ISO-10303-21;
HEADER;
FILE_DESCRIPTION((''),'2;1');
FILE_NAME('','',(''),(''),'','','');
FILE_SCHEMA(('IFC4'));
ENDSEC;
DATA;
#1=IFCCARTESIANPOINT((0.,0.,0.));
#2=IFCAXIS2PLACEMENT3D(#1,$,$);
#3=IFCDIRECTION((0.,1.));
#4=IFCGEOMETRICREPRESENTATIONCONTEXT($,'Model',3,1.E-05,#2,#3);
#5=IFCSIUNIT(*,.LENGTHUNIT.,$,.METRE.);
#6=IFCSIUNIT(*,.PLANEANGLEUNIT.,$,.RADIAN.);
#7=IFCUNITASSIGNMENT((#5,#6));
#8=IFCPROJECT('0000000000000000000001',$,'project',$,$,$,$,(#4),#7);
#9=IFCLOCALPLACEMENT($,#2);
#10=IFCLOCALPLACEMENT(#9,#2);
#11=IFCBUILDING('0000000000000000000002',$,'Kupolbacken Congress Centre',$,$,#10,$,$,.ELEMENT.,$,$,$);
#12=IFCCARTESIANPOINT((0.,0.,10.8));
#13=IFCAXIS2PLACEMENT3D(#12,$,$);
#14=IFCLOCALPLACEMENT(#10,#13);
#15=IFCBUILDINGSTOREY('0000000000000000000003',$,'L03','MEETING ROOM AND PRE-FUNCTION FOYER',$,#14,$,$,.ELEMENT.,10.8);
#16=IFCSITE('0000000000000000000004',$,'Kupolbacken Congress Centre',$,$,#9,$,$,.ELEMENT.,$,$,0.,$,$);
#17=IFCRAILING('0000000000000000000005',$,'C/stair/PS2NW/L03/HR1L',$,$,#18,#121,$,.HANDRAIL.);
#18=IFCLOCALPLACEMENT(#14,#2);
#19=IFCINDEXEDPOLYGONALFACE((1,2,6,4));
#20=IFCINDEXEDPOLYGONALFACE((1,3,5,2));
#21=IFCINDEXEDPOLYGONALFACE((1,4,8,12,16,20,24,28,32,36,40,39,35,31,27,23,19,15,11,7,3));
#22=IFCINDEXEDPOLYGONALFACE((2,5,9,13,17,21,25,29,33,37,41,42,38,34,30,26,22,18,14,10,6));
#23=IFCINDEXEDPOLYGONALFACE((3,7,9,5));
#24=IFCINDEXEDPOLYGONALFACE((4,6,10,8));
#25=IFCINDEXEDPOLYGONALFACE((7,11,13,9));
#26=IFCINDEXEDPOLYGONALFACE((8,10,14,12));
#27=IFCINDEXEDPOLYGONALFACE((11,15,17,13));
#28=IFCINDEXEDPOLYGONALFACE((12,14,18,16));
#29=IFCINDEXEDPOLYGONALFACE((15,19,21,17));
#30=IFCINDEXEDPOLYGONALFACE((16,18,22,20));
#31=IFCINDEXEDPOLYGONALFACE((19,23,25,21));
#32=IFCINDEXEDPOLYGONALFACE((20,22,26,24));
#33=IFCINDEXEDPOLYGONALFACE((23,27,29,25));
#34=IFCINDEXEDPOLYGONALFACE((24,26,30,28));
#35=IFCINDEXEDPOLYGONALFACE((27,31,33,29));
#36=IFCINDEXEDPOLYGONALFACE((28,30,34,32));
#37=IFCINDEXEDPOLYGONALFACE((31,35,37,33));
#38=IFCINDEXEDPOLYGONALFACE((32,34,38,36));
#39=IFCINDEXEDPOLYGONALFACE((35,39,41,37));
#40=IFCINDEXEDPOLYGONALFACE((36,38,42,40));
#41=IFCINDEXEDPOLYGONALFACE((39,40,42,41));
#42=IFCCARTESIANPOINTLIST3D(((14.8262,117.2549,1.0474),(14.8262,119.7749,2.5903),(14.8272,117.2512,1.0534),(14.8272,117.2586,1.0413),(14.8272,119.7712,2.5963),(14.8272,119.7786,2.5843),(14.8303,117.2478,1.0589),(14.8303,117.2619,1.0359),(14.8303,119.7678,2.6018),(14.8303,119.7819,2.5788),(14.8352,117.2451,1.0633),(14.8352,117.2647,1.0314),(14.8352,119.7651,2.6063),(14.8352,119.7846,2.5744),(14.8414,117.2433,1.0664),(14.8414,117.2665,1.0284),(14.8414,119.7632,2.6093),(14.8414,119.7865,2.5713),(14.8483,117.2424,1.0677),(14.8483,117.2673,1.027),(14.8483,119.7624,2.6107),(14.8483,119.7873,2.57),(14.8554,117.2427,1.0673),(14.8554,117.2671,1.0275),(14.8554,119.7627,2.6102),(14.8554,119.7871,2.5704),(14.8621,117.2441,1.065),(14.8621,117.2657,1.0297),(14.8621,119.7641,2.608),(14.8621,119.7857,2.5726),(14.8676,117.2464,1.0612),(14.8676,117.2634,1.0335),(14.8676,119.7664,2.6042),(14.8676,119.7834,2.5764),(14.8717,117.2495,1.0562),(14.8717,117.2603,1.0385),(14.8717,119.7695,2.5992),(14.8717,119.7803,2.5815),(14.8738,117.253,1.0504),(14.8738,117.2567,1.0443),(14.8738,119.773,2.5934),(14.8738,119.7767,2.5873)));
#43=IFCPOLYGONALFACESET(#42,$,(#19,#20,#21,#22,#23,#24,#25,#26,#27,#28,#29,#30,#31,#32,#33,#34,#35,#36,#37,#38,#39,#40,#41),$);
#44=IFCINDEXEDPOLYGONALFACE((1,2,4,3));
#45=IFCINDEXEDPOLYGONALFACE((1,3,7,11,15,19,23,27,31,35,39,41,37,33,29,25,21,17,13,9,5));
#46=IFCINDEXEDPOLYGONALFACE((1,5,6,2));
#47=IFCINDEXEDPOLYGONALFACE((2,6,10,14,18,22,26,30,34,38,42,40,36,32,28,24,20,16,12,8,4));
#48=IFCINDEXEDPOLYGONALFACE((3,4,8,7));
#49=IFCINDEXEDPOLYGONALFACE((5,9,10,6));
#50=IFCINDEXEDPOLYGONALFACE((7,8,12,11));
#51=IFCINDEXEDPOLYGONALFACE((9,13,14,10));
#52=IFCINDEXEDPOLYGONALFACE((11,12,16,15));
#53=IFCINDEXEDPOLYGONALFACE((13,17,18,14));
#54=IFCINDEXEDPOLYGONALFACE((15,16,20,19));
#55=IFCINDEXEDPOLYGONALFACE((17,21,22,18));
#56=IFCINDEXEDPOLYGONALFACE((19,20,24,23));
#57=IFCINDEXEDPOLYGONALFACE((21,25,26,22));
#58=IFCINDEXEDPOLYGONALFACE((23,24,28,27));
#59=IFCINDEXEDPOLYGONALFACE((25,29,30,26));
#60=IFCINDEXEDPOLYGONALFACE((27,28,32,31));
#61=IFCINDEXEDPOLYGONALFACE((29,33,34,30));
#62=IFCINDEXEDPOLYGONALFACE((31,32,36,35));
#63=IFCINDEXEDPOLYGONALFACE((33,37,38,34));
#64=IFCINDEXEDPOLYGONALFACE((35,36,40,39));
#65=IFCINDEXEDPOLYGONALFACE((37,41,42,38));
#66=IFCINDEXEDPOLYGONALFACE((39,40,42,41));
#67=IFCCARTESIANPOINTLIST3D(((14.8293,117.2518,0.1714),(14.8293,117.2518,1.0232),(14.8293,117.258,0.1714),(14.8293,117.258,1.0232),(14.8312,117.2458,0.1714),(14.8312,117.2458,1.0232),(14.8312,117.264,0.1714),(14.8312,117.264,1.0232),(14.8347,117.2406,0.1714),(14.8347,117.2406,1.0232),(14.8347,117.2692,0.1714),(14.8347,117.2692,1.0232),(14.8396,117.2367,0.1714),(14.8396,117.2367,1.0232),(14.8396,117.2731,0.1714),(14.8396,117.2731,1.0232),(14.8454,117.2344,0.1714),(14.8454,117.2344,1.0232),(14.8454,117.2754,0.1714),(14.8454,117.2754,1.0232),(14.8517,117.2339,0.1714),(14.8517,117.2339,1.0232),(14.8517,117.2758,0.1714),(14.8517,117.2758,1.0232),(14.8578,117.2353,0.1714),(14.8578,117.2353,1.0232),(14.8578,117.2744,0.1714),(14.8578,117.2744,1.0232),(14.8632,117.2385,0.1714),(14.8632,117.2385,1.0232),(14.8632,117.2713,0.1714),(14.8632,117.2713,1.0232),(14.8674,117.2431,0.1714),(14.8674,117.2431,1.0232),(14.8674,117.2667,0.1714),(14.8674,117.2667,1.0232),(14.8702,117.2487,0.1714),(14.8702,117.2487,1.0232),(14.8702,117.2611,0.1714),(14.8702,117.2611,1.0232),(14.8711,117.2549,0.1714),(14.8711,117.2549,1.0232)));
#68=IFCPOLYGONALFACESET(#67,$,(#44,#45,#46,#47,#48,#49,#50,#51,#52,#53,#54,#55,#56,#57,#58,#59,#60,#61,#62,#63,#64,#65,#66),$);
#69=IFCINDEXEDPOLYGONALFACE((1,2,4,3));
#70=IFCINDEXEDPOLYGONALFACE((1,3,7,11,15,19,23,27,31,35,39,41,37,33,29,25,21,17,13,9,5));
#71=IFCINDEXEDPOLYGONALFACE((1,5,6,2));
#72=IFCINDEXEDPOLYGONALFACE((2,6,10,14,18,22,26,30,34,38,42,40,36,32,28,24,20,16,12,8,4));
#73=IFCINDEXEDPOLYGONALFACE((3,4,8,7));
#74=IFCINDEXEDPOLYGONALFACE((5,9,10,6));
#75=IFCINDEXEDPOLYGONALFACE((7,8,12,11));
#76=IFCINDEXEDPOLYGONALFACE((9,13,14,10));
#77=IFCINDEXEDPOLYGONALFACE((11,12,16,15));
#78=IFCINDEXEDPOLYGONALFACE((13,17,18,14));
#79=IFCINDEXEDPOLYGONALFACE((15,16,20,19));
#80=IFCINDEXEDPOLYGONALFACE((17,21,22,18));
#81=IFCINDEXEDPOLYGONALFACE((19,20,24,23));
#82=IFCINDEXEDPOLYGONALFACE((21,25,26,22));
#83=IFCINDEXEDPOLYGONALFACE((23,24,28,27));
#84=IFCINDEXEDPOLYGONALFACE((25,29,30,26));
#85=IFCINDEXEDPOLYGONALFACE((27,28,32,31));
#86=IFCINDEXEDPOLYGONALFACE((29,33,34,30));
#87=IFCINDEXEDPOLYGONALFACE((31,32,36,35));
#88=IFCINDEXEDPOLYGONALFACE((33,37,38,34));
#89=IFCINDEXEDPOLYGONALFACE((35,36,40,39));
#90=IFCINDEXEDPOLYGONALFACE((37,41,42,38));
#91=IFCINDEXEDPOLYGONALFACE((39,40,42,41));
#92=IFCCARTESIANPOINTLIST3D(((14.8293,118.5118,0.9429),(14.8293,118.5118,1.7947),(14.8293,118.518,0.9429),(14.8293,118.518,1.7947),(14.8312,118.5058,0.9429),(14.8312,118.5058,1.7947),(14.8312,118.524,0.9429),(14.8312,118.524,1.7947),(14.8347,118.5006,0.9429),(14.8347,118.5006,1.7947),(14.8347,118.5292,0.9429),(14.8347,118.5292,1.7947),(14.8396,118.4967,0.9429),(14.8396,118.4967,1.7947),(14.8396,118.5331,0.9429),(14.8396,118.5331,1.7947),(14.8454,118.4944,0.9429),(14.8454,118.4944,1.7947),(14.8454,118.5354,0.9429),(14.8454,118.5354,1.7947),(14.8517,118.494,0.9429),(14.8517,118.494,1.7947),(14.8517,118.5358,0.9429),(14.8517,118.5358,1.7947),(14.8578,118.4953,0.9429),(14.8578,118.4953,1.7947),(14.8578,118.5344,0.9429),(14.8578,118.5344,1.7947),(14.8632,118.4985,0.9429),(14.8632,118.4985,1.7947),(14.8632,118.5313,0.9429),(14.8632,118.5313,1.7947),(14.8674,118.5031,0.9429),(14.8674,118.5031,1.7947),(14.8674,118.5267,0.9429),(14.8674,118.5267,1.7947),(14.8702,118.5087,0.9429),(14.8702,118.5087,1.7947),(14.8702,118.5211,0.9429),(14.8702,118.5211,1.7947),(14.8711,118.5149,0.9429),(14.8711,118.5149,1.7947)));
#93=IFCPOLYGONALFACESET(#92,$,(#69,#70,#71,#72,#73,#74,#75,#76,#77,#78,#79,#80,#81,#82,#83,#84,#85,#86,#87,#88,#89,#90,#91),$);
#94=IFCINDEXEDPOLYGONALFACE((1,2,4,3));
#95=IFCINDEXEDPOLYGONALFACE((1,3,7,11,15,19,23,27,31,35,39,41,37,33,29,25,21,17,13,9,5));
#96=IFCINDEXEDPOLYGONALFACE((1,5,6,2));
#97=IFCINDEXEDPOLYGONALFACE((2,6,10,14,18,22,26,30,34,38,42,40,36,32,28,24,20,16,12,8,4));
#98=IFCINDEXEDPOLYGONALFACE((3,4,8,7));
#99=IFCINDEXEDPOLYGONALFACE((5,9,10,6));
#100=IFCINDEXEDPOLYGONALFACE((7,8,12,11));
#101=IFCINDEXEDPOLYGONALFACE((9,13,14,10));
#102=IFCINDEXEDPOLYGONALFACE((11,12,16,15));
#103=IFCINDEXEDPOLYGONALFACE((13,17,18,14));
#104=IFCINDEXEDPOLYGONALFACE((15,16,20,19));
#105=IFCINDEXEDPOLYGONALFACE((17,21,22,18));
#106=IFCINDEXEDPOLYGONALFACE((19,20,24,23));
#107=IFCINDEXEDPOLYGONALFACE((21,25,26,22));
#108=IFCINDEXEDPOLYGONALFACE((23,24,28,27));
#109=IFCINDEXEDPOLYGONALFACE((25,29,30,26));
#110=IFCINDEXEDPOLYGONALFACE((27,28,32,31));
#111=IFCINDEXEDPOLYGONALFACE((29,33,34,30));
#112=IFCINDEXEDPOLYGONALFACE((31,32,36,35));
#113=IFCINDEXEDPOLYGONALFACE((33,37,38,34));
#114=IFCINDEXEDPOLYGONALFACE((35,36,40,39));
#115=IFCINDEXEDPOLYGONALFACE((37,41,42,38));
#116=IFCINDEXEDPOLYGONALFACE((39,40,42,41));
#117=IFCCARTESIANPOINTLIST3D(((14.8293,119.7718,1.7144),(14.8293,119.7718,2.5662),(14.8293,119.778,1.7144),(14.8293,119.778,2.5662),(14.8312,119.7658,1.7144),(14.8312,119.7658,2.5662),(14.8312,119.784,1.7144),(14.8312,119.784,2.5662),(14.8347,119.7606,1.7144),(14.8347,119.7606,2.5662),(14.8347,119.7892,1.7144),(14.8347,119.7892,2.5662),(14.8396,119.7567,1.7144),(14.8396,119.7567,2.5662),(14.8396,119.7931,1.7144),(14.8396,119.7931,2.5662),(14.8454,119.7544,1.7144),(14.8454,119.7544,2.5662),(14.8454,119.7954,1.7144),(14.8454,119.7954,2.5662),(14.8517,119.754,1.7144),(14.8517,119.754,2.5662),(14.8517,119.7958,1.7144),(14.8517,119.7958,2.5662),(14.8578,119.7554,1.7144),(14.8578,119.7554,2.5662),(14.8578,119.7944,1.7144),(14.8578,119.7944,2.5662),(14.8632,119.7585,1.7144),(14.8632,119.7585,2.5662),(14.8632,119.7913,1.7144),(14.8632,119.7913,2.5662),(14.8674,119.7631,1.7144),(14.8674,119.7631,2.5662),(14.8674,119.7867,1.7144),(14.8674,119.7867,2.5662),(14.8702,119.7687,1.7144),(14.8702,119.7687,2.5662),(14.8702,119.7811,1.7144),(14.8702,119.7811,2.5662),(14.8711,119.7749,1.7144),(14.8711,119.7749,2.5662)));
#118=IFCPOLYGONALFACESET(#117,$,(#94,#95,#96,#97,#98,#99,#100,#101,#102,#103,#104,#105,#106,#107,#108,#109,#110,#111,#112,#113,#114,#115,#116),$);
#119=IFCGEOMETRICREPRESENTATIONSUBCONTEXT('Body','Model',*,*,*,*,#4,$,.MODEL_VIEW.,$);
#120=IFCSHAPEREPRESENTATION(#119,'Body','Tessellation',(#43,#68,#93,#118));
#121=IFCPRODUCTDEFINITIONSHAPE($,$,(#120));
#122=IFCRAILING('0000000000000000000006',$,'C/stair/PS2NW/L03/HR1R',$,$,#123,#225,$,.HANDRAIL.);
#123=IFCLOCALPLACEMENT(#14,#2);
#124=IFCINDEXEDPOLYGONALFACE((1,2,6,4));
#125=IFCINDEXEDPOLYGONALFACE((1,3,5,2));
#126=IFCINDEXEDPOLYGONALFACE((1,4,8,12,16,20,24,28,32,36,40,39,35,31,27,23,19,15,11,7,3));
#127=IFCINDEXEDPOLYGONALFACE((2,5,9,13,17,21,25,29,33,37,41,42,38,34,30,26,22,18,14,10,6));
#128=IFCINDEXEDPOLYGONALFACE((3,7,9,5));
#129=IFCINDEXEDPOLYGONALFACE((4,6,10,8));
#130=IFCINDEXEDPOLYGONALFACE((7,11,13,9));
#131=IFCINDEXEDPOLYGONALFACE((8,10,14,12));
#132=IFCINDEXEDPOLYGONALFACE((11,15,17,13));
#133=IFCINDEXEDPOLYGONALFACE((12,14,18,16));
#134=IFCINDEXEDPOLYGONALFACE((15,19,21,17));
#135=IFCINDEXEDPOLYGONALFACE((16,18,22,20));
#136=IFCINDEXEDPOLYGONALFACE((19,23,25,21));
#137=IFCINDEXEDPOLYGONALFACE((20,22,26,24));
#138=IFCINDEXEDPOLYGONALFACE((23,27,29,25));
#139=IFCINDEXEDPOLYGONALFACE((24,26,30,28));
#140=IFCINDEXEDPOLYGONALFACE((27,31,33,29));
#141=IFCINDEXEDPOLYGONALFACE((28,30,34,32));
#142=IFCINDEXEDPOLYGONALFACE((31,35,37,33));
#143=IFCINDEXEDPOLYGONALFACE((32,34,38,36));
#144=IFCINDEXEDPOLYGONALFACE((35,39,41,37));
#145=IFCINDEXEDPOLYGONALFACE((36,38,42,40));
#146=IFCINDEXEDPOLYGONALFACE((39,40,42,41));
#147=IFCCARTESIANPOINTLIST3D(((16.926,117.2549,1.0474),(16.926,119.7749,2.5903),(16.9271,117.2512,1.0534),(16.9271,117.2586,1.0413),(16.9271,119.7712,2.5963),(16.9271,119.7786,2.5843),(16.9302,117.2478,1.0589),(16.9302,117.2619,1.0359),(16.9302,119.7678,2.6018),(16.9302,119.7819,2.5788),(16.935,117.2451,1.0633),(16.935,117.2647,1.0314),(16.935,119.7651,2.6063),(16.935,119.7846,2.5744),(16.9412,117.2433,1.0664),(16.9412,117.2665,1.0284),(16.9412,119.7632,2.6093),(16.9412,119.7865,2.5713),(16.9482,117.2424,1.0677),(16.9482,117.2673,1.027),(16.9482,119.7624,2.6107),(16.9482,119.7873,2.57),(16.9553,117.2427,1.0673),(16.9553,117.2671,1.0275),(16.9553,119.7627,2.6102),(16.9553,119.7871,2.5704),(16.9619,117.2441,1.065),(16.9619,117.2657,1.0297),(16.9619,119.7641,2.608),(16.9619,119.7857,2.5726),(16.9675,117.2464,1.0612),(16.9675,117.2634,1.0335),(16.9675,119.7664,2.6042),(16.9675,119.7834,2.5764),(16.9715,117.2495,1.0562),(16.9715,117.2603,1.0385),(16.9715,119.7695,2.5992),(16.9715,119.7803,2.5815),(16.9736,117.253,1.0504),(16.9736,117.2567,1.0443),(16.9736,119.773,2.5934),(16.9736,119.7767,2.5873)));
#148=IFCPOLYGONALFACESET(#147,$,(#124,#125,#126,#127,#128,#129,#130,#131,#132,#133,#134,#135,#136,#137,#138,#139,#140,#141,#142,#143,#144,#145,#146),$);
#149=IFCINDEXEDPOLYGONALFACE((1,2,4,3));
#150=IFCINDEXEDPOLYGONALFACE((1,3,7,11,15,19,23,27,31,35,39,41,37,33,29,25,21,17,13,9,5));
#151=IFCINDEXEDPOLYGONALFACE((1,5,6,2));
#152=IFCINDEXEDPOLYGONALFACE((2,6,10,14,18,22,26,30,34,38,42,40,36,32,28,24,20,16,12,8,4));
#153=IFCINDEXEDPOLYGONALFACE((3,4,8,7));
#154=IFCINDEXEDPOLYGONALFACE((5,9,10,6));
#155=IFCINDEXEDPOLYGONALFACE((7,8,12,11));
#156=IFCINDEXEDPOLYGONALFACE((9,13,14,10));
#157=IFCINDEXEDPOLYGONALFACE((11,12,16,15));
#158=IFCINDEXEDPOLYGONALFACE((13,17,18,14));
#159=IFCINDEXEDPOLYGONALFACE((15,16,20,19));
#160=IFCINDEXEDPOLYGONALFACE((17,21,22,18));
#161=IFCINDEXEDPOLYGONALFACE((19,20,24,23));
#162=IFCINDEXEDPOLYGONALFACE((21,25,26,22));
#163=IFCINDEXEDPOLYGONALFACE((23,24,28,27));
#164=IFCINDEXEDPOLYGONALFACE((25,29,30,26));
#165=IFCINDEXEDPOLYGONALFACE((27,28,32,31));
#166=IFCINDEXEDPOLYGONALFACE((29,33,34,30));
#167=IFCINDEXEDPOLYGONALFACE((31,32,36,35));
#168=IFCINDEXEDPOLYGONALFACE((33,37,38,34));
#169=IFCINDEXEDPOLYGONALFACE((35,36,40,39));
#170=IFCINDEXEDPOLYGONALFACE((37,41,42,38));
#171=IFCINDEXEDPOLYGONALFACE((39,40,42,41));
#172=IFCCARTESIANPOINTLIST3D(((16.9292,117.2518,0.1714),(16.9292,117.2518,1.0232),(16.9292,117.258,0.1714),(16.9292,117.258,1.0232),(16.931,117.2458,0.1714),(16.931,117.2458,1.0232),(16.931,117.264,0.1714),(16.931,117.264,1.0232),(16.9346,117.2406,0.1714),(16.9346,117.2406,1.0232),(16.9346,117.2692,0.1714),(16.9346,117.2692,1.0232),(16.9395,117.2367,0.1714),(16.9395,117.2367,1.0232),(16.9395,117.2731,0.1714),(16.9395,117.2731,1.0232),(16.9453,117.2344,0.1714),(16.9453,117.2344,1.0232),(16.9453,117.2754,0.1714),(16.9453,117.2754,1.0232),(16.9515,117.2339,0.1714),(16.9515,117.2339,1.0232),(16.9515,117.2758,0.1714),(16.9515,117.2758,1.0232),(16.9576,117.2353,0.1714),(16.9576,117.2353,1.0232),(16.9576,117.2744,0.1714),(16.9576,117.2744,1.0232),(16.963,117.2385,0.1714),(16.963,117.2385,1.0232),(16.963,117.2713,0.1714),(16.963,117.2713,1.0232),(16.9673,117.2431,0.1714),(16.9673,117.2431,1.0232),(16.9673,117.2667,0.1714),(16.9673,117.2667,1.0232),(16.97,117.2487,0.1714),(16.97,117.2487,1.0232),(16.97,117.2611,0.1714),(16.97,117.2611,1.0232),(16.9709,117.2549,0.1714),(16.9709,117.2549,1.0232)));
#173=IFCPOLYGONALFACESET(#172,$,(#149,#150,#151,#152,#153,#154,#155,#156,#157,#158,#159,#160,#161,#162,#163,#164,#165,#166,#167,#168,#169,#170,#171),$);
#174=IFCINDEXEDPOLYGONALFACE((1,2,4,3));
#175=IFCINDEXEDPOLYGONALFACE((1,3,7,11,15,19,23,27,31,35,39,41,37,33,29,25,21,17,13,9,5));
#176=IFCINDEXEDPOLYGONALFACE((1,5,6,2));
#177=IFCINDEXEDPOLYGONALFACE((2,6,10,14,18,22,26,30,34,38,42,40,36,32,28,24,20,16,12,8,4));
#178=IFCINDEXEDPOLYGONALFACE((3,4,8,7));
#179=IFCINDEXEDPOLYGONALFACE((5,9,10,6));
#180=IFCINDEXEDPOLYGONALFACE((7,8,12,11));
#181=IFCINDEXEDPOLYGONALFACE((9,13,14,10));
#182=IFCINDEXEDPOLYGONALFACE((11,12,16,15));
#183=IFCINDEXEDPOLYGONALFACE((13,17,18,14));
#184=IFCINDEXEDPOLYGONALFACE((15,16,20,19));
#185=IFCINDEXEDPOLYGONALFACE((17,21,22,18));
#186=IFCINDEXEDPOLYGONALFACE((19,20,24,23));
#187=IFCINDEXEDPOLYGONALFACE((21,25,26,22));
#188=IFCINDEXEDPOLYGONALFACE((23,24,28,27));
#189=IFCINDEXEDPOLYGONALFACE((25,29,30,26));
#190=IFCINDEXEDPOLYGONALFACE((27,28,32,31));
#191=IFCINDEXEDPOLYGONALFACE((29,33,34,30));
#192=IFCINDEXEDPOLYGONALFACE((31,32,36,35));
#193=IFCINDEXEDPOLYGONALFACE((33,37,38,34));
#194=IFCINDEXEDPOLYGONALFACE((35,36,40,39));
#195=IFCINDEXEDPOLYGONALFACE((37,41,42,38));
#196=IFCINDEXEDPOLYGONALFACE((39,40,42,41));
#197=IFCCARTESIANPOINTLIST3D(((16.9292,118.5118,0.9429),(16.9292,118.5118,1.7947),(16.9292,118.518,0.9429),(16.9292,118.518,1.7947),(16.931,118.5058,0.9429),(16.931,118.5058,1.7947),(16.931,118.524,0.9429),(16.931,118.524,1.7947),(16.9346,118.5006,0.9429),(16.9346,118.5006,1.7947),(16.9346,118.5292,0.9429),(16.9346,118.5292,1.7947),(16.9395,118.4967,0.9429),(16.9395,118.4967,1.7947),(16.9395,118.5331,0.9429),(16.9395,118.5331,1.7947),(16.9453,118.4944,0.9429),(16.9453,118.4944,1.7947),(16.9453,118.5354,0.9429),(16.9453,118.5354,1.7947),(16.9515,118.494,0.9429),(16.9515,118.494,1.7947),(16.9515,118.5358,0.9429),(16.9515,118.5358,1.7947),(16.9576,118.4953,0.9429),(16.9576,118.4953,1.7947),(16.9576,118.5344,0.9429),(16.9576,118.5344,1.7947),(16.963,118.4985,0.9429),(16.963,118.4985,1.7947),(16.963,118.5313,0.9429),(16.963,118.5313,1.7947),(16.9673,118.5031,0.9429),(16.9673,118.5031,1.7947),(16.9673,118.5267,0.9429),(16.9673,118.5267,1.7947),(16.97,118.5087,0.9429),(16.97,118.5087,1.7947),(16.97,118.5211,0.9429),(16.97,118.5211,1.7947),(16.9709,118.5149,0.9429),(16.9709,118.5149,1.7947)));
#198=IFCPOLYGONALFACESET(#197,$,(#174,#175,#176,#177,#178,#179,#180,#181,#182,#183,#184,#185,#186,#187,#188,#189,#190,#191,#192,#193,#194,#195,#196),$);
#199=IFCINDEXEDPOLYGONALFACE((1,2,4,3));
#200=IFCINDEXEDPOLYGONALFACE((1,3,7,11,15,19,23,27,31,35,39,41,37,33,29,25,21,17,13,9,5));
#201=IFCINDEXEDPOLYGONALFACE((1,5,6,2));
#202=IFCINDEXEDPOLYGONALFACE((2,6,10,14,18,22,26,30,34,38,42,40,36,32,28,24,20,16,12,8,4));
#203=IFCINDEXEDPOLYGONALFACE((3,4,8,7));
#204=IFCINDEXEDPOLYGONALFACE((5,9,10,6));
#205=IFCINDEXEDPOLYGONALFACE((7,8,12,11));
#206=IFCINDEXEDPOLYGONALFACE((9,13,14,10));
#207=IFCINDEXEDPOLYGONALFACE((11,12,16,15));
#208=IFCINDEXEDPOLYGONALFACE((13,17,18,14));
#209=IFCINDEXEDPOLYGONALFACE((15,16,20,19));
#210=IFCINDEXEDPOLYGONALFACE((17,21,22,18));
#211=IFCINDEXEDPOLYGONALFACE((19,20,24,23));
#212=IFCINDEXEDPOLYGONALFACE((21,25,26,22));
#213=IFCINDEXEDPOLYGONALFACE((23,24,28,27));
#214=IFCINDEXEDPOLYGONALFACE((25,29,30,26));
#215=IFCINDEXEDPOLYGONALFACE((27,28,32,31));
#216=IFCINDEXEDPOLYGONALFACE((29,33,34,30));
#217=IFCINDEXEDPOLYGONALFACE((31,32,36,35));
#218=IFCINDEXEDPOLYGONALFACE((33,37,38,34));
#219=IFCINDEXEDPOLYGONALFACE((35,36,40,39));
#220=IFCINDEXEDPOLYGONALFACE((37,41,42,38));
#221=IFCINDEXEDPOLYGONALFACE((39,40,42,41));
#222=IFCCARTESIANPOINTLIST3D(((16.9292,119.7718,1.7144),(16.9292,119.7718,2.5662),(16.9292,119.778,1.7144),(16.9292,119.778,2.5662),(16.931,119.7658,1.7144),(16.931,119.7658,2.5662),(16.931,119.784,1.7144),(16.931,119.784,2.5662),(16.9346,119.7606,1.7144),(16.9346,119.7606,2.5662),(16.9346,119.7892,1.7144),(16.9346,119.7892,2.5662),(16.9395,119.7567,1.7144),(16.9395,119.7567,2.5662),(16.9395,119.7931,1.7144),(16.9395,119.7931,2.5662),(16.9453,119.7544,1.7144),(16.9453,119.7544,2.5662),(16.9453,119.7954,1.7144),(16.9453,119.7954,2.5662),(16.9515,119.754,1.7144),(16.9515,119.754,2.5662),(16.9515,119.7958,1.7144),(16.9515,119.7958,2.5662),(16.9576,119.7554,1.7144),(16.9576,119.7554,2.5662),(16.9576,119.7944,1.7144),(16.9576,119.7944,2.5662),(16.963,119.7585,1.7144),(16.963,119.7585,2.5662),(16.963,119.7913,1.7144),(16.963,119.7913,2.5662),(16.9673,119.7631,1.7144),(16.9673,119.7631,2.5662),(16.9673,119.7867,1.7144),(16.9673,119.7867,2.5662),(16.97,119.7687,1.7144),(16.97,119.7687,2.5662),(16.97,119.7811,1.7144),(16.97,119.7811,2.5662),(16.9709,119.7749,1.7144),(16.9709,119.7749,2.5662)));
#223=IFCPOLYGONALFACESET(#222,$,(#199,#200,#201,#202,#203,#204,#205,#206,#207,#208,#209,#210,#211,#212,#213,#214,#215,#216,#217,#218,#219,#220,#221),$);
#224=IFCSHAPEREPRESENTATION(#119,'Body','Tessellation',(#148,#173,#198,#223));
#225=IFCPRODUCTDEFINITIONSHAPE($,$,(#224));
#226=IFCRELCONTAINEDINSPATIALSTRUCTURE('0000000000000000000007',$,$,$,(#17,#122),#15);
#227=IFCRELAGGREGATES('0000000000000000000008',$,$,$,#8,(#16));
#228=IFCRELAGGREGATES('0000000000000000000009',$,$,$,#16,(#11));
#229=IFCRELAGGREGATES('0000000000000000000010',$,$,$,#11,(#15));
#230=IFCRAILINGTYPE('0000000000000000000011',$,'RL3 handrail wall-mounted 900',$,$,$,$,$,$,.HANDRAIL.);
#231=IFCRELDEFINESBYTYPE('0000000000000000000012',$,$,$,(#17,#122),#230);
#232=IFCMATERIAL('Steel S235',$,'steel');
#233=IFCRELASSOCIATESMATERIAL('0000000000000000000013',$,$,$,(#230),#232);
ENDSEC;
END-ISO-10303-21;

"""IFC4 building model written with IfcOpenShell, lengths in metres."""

from ifc_helpers import new_model, si_unit, direction, frame, origin, origin_2d, place, context, subcontext, project, spatial, circle, extrude, material, type_object, element, save


model = new_model("IFC4")

# Units and contexts
model_context = context("Model", 3, precision=1e-05, world=origin(), true_north=direction((0.0, 1.0)))
body_context = subcontext(model_context, "Body", "Model", "MODEL_VIEW")
ifc_project = project(units=[si_unit("LENGTHUNIT", "METRE"), si_unit("PLANEANGLEUNIT", "RADIAN")], contexts=[model_context])

# Site, building, storey
site_placement = place(None, origin())
site = spatial("IfcSite", under=ifc_project, at=site_placement, Name="Kupolbacken Congress Centre", CompositionType="ELEMENT", RefElevation=0.0)
building_placement = place(site_placement, origin())
building = spatial("IfcBuilding", under=site, at=building_placement, Name="Kupolbacken Congress Centre", CompositionType="ELEMENT")
storey_placement = place(building_placement, frame((0.0, 0.0, 10.8)))
storey = spatial("IfcBuildingStorey", under=building, at=storey_placement, Name="L03", Description="MEETING ROOM AND PRE-FUNCTION FOYER", CompositionType="ELEMENT", Elevation=10.8)

# Railings
ifc_material_1 = material(Name="Steel S235", Category="steel")
railing_type = type_object("IfcRailingType", Name="RL3 handrail wall-mounted 900", PredefinedType="HANDRAIL", material=ifc_material_1)
for number, where, name in (
    (1, (14.8501, 117.2549, 0.1714), "C/stair/PS2NW/L03/HR1L"),
    (2, (16.95, 117.2549, 0.1714), "C/stair/PS2NW/L03/HR1R"),
):
    element("IfcRailing", number, at=place(storey_placement, frame(where)), inside=storey, type_object=railing_type, Name=name, PredefinedType="HANDRAIL", context=body_context, shape_type="SweptSolid", body=[
        extrude(circle(Radius=0.0239, at=origin_2d()), frame((0.0, 0.0, 0.876), z_axis=(0.0, 0.852836, 0.522178), x_axis=(-1.0, 0.0, 0.0)), (0.0, 0.0, 1.0), 2.9548),
        extrude(circle(Radius=0.021, at=origin_2d()), origin(), (0.0, 0.0, 1.0), 0.8518),
        extrude(circle(Radius=0.021, at=origin_2d()), frame((0.0, 1.26, 0.7715)), (0.0, 0.0, 1.0), 0.8518),
        extrude(circle(Radius=0.021, at=origin_2d()), frame((0.0, 2.52, 1.543)), (0.0, 0.0, 1.0), 0.8518),
    ])

save(model, "model.ifc")
